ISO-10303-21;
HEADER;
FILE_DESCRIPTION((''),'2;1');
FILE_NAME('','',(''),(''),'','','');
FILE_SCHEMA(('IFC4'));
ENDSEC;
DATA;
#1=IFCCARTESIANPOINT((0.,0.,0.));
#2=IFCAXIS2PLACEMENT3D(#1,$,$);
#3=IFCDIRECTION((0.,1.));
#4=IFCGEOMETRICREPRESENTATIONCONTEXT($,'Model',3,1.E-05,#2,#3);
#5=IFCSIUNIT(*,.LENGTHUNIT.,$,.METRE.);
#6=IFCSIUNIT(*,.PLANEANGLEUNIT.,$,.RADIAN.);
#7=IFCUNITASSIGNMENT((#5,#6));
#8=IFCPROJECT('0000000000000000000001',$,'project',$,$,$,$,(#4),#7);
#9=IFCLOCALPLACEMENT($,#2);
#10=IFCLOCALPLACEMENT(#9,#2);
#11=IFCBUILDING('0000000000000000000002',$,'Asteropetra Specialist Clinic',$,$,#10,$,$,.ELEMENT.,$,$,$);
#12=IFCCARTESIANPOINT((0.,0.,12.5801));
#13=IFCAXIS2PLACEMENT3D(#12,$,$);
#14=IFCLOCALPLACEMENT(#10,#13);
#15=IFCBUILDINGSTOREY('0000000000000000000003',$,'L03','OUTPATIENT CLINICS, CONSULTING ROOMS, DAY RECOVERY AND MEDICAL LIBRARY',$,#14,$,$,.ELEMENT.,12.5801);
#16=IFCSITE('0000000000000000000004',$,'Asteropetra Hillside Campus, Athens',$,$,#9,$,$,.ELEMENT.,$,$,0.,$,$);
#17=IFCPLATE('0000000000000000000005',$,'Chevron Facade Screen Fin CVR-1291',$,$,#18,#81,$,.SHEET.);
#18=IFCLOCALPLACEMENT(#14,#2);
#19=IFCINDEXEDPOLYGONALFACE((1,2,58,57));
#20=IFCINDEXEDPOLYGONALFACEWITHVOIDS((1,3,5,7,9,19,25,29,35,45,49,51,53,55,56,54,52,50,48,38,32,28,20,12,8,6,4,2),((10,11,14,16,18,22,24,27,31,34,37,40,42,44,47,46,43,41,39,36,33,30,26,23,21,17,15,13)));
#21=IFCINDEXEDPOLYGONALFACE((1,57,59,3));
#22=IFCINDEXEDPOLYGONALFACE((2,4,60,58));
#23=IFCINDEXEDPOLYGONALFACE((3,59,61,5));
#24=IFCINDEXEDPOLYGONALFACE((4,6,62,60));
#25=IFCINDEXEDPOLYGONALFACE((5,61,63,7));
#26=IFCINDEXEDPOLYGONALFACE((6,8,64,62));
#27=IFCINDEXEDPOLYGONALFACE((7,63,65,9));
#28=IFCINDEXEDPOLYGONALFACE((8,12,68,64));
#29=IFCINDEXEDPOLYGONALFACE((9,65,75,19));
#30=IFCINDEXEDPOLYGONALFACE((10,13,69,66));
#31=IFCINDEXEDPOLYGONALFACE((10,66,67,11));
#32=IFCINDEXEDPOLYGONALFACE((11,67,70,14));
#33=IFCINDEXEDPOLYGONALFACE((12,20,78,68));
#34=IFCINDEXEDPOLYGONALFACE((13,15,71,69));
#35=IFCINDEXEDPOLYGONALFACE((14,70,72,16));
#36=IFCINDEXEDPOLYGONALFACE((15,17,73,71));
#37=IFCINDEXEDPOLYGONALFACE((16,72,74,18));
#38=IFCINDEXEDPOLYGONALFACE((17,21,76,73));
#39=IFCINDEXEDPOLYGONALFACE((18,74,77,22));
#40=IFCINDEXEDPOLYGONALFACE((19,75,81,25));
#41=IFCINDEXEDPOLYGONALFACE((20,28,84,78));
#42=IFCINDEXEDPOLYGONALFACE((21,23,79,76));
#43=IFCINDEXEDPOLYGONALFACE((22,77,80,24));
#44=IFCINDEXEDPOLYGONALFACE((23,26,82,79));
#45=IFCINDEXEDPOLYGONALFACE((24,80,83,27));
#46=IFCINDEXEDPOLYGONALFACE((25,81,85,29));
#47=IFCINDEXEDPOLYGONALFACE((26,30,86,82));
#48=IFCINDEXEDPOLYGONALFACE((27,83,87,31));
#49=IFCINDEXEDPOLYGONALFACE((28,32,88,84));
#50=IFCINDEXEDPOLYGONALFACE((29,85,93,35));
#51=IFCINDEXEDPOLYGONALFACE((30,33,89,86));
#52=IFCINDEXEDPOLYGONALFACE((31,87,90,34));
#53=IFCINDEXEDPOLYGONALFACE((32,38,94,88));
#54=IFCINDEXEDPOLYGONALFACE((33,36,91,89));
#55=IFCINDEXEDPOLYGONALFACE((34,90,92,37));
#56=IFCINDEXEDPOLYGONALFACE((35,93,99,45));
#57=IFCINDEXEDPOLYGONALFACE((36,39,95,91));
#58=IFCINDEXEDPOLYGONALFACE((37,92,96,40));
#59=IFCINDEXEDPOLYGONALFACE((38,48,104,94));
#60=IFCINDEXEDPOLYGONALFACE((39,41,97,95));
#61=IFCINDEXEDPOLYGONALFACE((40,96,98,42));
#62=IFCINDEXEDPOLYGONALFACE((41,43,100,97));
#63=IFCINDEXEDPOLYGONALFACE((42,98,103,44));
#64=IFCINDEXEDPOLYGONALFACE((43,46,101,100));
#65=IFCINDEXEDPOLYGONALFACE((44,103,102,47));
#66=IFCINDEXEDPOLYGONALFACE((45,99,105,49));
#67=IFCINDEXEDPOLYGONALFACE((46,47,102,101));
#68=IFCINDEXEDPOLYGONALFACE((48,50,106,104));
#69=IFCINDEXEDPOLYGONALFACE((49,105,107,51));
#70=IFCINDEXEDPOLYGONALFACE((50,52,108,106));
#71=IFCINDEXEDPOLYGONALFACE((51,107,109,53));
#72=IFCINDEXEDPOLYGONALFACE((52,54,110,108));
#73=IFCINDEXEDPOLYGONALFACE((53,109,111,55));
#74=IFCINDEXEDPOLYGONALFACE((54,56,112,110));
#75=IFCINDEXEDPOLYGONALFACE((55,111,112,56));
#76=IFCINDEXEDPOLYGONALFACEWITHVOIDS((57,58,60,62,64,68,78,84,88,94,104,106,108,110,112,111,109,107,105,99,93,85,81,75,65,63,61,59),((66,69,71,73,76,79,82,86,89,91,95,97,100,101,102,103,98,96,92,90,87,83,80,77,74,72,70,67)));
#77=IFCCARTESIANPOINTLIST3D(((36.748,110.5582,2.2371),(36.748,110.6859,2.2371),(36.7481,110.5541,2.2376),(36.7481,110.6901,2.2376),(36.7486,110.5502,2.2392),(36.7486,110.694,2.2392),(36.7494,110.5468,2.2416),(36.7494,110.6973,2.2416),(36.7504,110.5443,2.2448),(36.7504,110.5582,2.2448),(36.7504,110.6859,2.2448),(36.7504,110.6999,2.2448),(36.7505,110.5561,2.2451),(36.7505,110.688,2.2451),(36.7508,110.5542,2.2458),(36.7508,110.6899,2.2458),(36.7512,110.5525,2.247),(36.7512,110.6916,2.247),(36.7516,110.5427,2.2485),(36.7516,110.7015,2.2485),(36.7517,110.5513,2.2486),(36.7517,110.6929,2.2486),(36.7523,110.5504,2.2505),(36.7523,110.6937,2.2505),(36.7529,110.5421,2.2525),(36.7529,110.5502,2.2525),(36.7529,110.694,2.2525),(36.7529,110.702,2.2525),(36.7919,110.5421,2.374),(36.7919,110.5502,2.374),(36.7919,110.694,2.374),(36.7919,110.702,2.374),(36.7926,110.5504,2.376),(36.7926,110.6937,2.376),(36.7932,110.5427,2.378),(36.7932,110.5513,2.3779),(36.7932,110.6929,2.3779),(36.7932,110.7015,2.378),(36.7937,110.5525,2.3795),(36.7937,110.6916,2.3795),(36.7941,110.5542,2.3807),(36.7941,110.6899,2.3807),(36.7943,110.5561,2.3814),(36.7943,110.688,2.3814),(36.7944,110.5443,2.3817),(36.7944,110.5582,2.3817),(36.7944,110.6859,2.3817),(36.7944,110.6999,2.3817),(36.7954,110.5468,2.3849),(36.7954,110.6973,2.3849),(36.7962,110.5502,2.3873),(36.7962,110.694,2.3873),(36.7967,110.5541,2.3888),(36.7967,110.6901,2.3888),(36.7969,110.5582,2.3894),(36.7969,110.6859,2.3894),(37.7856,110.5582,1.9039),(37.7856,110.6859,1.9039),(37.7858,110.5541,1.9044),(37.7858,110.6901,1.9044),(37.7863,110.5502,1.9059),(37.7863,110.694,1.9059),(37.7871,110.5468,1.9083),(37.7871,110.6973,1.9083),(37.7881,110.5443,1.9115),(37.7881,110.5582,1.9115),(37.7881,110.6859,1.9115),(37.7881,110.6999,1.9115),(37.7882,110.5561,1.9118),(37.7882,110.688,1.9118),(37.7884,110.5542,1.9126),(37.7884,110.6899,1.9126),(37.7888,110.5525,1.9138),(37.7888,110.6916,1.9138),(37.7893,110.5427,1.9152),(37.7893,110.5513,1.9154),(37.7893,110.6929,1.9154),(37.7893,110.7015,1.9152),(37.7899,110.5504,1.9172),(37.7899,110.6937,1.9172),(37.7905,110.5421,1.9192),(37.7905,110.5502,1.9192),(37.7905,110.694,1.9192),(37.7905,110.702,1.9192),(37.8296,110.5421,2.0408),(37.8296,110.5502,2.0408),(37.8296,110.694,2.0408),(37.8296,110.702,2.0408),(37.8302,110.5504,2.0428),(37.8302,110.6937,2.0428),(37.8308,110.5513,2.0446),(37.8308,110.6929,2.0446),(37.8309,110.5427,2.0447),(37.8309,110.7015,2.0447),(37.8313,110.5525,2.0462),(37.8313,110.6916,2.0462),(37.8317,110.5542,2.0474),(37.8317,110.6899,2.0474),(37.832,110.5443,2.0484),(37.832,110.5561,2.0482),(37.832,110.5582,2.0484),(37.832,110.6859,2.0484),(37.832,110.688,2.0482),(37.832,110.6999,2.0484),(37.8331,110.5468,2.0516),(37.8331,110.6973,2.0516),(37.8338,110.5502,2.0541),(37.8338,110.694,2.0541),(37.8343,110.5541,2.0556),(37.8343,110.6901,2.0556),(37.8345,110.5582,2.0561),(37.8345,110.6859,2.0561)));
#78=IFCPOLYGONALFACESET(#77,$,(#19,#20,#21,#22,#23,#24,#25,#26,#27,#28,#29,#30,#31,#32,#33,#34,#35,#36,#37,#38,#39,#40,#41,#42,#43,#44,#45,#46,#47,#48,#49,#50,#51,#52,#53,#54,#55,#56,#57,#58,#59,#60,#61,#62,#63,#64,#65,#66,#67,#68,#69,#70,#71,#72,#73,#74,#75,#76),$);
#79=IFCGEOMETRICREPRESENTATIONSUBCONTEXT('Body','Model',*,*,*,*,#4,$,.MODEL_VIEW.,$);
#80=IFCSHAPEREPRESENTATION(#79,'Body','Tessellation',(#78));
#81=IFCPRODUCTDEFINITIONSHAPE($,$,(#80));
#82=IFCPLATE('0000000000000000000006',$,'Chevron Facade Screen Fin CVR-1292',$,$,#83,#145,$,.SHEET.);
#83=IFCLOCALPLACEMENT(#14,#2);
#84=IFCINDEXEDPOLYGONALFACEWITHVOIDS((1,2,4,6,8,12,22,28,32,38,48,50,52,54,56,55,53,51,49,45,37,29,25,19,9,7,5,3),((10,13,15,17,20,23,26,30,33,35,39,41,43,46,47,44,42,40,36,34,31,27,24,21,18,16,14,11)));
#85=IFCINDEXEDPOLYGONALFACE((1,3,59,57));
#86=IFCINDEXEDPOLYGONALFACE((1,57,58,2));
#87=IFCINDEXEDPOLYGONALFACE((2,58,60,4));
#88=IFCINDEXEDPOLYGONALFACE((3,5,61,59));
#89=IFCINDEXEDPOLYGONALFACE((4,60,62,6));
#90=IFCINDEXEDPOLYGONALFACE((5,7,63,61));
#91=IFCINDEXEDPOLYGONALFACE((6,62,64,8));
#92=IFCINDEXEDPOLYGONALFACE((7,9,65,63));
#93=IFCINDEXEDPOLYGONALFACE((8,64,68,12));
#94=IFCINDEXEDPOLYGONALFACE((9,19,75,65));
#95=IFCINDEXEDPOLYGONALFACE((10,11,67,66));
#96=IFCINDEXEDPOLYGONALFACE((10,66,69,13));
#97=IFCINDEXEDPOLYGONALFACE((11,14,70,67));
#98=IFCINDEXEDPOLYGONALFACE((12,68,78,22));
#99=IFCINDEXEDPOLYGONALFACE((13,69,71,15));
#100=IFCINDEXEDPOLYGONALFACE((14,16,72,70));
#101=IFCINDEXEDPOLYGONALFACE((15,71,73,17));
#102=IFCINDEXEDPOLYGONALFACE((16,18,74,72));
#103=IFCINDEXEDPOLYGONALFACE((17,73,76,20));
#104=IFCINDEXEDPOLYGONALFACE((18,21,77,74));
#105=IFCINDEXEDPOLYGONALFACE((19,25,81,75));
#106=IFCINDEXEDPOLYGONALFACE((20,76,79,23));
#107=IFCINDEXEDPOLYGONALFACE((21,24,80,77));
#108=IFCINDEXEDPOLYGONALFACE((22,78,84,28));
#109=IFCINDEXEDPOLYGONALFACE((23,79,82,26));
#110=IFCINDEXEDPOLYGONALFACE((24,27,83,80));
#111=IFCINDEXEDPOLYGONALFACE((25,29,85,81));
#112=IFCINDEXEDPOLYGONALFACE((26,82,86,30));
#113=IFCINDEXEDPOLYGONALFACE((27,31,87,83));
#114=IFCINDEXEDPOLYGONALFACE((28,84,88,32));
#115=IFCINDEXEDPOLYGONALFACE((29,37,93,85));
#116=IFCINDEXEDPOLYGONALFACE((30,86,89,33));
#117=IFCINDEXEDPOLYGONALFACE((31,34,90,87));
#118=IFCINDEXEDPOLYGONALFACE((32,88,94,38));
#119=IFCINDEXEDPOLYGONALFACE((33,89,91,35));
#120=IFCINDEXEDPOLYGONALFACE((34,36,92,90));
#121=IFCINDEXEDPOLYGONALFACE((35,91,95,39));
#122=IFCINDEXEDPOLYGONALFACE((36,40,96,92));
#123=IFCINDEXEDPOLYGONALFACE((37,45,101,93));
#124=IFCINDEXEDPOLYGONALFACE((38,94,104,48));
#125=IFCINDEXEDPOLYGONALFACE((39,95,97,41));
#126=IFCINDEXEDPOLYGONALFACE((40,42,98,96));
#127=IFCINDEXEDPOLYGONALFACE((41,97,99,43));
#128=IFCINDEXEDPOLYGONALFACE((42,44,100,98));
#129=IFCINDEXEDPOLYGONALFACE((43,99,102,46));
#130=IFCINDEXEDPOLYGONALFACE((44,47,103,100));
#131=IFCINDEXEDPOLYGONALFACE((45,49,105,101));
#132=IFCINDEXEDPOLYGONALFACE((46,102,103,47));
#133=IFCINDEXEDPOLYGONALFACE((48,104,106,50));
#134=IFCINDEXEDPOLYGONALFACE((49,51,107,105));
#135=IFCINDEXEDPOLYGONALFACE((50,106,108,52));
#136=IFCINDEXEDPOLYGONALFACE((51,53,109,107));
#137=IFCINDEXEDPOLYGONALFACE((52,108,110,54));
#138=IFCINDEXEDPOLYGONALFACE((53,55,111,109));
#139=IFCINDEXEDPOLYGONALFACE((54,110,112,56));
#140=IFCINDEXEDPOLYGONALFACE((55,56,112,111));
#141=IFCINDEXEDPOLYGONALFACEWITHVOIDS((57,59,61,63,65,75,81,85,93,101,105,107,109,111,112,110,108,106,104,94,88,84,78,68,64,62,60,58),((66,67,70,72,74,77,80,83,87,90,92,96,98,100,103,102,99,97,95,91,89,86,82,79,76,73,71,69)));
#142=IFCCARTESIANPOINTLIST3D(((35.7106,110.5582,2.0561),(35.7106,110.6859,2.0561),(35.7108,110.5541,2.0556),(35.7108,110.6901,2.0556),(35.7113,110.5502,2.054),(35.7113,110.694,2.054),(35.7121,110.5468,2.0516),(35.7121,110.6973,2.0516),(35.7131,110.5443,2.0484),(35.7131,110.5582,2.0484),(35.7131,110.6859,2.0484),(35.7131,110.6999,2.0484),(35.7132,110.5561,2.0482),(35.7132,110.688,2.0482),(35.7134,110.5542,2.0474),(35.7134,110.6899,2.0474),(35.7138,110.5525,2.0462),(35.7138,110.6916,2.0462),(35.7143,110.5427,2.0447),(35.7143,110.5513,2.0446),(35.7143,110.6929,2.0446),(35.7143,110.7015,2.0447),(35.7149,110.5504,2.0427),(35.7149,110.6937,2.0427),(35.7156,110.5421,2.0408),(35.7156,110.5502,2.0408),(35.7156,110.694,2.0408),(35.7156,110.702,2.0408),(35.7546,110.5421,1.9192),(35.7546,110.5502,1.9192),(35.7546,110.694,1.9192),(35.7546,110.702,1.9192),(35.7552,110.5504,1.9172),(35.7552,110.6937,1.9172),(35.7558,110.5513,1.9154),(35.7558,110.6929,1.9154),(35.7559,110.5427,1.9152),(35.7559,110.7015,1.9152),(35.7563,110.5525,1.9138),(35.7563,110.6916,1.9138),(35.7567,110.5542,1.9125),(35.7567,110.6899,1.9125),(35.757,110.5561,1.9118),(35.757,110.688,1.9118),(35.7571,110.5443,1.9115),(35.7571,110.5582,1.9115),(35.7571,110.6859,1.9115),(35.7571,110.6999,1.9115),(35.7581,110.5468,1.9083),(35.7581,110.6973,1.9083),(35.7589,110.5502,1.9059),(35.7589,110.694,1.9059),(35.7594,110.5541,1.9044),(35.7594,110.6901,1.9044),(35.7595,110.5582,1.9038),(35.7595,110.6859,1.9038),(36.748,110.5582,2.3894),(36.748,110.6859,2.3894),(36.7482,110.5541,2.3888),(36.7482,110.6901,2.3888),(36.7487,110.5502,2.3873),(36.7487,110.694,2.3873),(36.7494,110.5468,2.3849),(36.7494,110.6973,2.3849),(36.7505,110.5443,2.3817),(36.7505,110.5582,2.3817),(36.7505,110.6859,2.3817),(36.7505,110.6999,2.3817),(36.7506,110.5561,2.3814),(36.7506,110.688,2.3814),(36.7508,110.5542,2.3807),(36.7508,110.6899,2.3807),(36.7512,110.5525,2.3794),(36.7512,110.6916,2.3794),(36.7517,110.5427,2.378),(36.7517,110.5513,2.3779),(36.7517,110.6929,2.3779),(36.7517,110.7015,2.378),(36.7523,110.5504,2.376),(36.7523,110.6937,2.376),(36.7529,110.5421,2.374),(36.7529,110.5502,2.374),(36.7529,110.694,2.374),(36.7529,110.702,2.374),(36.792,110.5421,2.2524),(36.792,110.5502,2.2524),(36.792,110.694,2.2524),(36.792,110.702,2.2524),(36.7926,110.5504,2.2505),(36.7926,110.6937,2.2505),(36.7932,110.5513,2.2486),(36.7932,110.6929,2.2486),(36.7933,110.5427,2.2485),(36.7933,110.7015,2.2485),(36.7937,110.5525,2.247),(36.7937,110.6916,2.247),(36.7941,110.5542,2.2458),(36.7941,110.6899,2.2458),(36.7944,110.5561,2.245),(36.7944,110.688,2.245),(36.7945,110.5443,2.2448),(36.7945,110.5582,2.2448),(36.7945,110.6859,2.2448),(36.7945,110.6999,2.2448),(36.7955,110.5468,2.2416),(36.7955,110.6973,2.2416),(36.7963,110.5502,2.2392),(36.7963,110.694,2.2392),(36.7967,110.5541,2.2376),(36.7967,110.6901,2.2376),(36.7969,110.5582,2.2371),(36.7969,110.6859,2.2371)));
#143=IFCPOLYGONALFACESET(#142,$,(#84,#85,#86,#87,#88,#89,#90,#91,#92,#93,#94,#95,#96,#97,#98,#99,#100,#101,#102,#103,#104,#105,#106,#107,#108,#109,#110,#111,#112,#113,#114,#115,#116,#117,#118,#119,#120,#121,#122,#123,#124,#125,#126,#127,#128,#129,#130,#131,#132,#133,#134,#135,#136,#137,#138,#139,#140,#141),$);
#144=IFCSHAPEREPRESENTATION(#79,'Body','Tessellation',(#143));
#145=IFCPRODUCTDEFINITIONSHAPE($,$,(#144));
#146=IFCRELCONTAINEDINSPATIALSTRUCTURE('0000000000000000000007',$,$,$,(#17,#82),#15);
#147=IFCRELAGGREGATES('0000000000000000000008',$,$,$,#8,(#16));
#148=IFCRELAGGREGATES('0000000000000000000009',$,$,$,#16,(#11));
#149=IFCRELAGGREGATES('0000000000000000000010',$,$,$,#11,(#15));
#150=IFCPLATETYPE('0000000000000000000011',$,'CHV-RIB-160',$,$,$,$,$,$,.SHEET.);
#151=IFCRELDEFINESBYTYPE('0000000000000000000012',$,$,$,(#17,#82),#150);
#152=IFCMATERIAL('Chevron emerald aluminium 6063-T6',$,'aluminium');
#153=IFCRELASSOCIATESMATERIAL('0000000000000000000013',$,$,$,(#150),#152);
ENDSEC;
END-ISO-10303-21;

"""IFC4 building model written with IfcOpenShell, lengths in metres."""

from ifc_helpers import new_model, si_unit, direction, frame, origin, origin_2d, place, context, subcontext, project, spatial, hollow_rectangle, extrude, material, material_profile, profile_set, type_object, element, save


model = new_model("IFC4")

# Units and contexts
model_context = context("Model", 3, precision=1e-05, world=origin(), true_north=direction((0.0, 1.0)))
body_context = subcontext(model_context, "Body", "Model", "MODEL_VIEW")
ifc_project = project(units=[si_unit("LENGTHUNIT", "METRE"), si_unit("PLANEANGLEUNIT", "RADIAN")], contexts=[model_context])

# Site, building, storey
site_placement = place(None, origin())
site = spatial("IfcSite", under=ifc_project, at=site_placement, Name="Asteropetra Hillside Campus, Athens", CompositionType="ELEMENT", RefElevation=0.0)
building_placement = place(site_placement, origin())
building = spatial("IfcBuilding", under=site, at=building_placement, Name="Asteropetra Specialist Clinic", CompositionType="ELEMENT")
storey_placement = place(building_placement, frame((0.0, 0.0, 12.5801)))
storey = spatial("IfcBuildingStorey", under=building, at=storey_placement, Name="L03", Description="OUTPATIENT CLINICS, CONSULTING ROOMS, DAY RECOVERY AND MEDICAL LIBRARY", CompositionType="ELEMENT", Elevation=12.5801)

# Plates
ifc_material_1 = material(Name="Chevron emerald aluminium 6063-T6", Category="aluminium")
ifc_material_profile = material_profile(ifc_material_1, hollow_rectangle(XDim=0.1599, YDim=0.1599, WallThickness=0.0081, InnerFilletRadius=0.0081, OuterFilletRadius=0.0161, at=origin_2d()), Name="SHS 160x160x8.0")
ifc_profile_set = profile_set([ifc_material_profile], Name="Chevron emerald aluminium 6063-T6")
plate_type_1 = type_object("IfcPlateType", Name="CHV-RIB-160", PredefinedType="SHEET", material=ifc_profile_set)
plate_1_placement = place(storey_placement, frame((37.8101, 110.6221, 1.98), z_axis=(-0.952098, 0.0, 0.305792), x_axis=(0.0, -1.0, 0.0)))
element("IfcPlate", 1, at=plate_1_placement, inside=storey, type_object=plate_type_1, Name="Chevron Facade Screen Fin CVR-1291", PredefinedType="SHEET", context=body_context, shape_type="SweptSolid", body=[
    extrude(hollow_rectangle(XDim=0.1599, YDim=0.1599, WallThickness=0.0081, InnerFilletRadius=0.0081, OuterFilletRadius=0.0161, at=origin_2d()), origin(), (0.0, 0.0, 1.0), 1.0898),
])
plate_2_placement = place(storey_placement, frame((36.7725, 110.6221, 2.3132), z_axis=(-0.952078, 0.0, -0.305857), x_axis=(0.0, -1.0, 0.0)))
element("IfcPlate", 2, at=plate_2_placement, inside=storey, type_object=plate_type_1, Name="Chevron Facade Screen Fin CVR-1292", PredefinedType="SHEET", context=body_context, shape_type="SweptSolid", body=[
    extrude(hollow_rectangle(XDim=0.1599, YDim=0.1599, WallThickness=0.0081, InnerFilletRadius=0.0081, OuterFilletRadius=0.0161, at=origin_2d()), origin(), (0.0, 0.0, 1.0), 1.0896),
])

save(model, "model.ifc")
